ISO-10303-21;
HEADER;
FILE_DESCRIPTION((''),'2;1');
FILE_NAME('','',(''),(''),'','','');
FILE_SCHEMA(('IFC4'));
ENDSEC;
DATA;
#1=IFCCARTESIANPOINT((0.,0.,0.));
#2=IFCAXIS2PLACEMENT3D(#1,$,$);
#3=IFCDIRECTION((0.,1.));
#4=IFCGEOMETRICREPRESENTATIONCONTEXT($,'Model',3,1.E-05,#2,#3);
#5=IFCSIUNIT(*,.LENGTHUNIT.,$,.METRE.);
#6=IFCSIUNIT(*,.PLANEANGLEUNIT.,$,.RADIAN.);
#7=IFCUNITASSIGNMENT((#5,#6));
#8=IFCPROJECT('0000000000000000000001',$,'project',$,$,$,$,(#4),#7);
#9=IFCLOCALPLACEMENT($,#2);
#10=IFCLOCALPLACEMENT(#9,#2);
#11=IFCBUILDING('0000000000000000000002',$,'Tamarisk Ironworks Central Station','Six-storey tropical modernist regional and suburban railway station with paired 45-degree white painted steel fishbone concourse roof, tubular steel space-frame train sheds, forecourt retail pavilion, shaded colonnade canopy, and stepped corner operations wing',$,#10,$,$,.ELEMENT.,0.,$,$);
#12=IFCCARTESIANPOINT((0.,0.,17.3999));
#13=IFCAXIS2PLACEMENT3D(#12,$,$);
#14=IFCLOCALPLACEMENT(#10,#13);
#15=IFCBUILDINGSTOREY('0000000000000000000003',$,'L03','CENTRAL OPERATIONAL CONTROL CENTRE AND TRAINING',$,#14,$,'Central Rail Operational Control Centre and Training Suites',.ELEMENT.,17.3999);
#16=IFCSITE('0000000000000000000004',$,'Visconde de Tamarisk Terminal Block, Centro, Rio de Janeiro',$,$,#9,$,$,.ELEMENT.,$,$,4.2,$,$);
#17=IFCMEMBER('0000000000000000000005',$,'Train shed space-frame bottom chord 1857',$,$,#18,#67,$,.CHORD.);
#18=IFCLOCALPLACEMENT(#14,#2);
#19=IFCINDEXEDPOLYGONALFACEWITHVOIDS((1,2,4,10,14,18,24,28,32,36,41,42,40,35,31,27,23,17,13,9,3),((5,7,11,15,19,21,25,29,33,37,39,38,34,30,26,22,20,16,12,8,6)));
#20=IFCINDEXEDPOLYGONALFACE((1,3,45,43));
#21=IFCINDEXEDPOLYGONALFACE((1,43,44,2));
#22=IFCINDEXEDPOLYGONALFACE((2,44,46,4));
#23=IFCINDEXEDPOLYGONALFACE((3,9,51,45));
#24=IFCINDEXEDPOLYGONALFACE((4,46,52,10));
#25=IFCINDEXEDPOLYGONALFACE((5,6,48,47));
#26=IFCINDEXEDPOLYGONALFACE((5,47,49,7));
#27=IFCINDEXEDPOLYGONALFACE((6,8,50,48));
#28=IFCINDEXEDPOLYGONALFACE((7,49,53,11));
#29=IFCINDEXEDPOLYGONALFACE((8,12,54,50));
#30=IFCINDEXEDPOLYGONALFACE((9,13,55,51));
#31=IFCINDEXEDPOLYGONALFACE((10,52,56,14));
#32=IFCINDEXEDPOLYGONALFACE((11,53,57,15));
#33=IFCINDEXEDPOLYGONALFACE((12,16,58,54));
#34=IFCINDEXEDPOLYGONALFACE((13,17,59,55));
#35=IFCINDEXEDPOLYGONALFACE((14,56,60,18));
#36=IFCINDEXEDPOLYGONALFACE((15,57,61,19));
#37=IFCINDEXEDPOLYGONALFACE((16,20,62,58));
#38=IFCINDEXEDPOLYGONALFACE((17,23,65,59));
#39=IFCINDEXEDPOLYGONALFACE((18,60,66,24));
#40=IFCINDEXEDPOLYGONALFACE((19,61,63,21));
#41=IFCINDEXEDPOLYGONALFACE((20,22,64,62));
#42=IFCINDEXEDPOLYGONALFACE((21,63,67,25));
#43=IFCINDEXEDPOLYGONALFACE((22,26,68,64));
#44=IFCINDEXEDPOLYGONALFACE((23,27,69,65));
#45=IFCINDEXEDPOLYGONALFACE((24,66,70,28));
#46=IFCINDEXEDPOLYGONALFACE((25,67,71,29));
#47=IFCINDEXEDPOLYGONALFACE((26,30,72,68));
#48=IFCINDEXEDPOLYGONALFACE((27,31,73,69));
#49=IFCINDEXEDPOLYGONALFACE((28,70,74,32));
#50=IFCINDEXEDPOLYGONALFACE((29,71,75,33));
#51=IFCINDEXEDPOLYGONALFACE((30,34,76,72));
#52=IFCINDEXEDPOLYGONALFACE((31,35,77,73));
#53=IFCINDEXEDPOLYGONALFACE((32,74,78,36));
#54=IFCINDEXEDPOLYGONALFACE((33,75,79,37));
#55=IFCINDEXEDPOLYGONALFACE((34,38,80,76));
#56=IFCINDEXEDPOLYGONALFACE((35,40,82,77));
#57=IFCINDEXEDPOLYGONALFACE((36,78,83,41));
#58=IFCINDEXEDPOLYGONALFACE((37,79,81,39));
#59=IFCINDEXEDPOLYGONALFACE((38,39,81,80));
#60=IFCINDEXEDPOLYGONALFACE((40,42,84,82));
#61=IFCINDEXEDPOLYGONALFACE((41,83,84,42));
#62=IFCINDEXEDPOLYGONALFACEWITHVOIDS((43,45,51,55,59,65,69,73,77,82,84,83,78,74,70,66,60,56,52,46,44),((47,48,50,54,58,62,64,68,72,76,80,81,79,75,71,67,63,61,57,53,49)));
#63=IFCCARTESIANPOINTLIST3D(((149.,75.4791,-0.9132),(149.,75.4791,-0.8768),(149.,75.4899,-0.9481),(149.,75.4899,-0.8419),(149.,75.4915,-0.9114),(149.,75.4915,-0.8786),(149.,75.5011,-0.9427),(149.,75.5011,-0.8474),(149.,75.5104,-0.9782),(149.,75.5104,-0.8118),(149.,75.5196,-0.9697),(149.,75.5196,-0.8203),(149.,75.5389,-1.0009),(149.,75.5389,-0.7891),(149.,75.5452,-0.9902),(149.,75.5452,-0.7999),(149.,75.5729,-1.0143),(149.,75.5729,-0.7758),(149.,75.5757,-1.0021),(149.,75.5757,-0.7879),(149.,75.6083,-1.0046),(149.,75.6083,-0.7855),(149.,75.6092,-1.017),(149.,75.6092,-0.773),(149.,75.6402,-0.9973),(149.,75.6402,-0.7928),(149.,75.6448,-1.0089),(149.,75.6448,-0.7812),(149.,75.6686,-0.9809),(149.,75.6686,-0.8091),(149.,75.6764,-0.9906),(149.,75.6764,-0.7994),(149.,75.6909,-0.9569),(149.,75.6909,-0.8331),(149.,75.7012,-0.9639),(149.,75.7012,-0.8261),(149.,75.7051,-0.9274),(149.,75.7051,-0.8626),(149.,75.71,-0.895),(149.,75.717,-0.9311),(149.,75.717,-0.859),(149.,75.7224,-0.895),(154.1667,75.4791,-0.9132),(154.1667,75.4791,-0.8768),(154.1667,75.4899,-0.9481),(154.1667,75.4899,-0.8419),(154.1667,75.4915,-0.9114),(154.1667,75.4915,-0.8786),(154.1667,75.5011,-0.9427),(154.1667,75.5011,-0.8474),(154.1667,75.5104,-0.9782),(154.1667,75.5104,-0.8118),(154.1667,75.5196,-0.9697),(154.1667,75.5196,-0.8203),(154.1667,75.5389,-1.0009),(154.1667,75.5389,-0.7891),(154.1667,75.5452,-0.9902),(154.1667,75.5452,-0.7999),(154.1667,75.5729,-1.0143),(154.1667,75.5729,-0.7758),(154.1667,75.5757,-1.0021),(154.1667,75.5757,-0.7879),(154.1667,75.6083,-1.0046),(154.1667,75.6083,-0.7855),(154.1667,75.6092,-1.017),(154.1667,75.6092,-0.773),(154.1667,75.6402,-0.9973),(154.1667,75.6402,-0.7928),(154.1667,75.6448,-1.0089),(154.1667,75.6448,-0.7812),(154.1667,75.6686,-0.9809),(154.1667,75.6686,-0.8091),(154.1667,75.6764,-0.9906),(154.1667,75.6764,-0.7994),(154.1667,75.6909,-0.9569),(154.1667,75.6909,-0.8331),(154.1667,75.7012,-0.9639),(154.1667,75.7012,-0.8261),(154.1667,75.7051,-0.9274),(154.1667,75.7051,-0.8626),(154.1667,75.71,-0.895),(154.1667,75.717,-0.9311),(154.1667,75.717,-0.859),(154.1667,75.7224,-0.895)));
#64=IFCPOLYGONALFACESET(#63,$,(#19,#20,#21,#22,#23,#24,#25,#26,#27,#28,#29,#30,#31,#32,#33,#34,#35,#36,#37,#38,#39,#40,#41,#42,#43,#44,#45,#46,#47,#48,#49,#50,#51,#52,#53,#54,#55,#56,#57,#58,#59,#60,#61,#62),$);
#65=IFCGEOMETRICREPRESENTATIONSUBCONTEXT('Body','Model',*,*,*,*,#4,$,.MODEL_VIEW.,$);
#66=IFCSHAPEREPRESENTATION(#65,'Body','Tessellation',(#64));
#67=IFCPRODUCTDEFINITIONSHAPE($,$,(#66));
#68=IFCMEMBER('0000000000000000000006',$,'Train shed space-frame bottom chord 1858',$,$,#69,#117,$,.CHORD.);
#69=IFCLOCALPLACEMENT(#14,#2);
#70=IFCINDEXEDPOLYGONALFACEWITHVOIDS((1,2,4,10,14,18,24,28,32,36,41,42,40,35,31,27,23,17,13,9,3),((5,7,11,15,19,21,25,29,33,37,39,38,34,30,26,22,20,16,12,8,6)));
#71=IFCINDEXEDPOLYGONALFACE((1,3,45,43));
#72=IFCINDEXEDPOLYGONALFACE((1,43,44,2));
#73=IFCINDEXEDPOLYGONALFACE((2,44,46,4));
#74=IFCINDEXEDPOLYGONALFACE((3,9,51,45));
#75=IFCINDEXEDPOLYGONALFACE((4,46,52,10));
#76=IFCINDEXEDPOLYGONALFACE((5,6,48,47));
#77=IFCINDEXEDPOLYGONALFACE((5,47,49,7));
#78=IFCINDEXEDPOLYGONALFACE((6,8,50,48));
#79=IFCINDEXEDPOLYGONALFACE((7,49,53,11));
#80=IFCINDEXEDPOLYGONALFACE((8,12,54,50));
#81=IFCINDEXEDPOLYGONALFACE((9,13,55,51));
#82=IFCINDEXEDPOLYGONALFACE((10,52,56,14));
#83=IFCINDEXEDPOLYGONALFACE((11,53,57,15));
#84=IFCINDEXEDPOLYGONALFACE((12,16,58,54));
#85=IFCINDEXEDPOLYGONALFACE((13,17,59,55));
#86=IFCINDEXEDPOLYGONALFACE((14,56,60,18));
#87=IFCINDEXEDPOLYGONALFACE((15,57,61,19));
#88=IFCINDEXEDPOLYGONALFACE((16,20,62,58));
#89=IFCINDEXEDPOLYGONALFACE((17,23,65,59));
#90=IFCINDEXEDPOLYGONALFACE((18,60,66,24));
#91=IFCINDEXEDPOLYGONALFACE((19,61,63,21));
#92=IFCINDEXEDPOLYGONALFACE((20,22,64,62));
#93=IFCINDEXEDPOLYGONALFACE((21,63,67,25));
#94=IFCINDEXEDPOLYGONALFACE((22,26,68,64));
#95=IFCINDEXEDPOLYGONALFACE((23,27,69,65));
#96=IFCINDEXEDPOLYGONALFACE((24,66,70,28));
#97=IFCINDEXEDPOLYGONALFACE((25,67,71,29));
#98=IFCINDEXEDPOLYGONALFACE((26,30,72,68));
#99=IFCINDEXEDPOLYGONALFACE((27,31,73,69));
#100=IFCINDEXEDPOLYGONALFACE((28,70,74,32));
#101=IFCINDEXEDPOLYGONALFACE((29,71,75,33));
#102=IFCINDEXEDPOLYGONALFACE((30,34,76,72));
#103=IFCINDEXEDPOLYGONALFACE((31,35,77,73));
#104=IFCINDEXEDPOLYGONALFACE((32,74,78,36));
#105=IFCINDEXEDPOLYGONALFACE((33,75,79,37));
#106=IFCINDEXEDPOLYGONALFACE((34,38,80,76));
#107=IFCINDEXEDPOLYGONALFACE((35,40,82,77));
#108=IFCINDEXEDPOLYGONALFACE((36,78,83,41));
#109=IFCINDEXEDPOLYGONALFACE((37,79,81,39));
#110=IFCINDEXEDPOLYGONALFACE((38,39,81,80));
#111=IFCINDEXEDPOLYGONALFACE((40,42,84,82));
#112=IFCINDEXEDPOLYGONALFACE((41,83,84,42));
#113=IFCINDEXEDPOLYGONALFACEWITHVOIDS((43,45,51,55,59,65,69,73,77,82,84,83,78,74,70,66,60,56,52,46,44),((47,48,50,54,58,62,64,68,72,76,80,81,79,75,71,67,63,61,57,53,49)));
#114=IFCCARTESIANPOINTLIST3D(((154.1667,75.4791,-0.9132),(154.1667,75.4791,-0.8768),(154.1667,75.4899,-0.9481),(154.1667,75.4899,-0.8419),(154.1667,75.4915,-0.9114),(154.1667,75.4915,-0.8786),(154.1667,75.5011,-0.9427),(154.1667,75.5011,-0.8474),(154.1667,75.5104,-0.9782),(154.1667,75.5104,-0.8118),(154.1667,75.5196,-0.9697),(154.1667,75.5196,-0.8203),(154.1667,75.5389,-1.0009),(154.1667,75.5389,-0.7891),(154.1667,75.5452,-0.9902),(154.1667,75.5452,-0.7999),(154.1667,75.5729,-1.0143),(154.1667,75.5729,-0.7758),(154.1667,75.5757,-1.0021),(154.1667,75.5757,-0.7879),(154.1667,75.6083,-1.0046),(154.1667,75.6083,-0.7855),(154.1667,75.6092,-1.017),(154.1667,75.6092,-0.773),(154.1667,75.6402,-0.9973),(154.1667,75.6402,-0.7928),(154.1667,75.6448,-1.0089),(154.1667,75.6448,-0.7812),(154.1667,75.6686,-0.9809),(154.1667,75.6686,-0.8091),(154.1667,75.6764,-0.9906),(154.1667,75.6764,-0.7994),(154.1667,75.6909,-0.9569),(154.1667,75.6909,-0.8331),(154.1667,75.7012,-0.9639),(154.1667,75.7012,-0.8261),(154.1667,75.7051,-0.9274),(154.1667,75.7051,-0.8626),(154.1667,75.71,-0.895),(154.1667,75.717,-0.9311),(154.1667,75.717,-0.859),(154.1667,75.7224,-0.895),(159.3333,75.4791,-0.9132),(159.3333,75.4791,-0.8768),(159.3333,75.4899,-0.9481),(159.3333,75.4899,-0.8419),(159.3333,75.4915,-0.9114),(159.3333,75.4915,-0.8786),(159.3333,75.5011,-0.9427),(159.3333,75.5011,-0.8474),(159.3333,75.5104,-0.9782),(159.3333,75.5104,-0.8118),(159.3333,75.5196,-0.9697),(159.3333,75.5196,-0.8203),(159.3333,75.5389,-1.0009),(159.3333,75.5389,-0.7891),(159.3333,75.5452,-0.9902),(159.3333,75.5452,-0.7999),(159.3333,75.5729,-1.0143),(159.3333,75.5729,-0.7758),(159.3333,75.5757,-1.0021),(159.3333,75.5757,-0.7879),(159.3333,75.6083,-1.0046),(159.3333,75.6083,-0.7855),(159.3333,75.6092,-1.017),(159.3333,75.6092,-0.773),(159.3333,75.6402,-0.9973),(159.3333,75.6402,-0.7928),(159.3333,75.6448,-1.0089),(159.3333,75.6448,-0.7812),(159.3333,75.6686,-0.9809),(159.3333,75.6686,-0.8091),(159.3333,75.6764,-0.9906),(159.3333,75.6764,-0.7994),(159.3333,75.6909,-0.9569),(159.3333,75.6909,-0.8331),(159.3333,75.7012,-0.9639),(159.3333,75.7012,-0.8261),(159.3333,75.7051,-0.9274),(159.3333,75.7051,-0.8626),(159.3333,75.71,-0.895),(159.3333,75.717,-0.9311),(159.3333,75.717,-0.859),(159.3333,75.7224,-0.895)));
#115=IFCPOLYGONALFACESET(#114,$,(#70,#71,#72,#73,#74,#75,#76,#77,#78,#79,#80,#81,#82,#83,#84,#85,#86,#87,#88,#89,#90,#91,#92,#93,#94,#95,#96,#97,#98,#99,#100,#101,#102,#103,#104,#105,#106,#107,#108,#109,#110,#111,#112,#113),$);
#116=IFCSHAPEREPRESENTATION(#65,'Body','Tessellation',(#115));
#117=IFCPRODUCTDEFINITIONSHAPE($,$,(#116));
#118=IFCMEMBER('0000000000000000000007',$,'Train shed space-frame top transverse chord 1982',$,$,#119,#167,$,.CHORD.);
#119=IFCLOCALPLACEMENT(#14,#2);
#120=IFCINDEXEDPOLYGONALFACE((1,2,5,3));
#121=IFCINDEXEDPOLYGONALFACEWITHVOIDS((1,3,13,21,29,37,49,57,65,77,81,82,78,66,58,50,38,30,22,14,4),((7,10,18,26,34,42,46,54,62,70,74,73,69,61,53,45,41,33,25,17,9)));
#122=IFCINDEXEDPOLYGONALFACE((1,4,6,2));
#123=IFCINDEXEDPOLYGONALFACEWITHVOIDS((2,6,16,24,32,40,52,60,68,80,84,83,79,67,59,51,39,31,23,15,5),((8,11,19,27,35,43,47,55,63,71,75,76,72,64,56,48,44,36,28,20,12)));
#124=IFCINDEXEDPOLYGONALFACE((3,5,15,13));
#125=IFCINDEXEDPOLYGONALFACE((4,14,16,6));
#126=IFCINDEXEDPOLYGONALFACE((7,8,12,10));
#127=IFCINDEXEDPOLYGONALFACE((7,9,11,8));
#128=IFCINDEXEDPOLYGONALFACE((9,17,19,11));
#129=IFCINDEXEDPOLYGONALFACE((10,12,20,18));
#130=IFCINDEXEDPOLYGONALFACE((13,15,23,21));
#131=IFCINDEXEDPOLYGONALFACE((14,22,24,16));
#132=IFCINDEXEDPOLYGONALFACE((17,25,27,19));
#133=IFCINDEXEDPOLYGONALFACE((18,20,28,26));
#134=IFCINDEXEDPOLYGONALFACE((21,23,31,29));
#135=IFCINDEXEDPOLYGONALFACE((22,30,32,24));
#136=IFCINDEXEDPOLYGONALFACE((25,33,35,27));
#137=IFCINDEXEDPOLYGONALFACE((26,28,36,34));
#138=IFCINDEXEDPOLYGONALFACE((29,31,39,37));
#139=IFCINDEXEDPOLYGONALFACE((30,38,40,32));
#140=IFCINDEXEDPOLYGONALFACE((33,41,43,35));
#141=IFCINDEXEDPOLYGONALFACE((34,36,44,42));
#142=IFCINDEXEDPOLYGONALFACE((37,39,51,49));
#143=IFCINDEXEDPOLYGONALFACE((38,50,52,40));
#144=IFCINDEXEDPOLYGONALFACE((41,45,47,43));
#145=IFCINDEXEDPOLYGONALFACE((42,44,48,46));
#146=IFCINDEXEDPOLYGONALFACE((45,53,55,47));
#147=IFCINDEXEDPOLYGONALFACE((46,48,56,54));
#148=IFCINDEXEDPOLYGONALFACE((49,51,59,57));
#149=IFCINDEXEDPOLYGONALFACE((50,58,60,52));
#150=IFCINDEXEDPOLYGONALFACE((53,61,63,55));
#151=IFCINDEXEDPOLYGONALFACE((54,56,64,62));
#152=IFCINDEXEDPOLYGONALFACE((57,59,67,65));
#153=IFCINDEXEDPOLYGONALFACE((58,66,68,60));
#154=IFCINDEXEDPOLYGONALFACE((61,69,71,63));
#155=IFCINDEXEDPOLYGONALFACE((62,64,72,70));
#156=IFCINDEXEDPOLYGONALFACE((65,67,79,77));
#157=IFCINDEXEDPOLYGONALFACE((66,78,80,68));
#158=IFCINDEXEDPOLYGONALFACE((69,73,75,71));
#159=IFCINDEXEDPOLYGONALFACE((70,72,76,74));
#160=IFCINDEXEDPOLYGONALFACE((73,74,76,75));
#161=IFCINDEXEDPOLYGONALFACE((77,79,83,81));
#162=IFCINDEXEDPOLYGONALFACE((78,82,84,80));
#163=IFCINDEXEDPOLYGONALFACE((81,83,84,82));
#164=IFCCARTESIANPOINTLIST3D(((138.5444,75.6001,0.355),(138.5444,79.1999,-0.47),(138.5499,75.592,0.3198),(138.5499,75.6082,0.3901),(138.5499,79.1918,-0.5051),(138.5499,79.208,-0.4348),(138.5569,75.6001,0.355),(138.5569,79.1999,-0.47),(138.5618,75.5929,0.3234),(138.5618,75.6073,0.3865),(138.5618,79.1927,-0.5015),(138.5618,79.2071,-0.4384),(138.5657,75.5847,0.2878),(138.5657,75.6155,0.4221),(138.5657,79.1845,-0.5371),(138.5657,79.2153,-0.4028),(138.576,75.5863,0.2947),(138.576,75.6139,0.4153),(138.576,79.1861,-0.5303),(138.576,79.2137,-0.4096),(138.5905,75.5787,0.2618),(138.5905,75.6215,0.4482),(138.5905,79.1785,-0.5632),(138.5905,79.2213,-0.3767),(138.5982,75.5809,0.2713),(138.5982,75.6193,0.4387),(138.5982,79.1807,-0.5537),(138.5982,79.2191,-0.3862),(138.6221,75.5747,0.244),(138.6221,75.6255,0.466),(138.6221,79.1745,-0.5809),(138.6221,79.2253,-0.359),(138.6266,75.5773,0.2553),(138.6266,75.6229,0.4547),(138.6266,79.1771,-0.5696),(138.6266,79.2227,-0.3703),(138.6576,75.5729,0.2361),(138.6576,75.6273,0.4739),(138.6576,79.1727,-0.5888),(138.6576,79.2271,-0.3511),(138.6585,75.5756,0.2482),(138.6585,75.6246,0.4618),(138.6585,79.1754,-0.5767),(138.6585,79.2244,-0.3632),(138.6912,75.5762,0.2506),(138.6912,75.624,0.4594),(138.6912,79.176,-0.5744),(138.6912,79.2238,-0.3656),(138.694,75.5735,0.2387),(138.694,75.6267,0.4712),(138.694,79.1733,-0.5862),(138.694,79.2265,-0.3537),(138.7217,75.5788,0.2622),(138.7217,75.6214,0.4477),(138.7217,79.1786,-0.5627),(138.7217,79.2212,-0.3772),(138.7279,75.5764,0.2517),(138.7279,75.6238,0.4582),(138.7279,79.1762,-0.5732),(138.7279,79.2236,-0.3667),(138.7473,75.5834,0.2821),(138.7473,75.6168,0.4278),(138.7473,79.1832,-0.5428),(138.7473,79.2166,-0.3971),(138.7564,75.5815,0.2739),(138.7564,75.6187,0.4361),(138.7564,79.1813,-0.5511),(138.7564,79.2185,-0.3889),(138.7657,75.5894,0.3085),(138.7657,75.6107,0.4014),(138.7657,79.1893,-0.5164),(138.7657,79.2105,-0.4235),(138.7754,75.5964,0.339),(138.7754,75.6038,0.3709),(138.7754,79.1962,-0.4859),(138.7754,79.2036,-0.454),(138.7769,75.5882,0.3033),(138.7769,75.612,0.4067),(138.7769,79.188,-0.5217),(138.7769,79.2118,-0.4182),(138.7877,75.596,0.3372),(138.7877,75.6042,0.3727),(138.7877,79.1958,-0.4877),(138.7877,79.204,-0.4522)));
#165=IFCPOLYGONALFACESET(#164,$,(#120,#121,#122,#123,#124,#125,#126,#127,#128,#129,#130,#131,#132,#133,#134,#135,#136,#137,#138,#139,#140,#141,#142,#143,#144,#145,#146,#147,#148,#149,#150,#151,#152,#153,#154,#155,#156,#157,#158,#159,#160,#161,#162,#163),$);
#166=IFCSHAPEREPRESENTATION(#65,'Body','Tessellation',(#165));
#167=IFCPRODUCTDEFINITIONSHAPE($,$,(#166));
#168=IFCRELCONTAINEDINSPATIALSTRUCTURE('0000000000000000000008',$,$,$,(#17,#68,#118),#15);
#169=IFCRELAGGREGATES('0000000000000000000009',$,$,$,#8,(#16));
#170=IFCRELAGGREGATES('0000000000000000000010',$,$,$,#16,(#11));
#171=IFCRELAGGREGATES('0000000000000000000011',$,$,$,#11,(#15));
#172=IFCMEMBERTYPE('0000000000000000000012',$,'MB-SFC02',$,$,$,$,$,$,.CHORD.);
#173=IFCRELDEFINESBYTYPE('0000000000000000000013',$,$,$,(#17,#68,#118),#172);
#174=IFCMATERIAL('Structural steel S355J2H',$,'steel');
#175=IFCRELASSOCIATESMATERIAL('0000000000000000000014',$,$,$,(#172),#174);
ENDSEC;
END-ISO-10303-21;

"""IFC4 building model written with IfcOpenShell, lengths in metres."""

from ifc_helpers import new_model, si_unit, direction, frame, origin, origin_2d, place, context, subcontext, project, spatial, hollow_circle, extrude, material, material_profile, profile_set, type_object, element, save


model = new_model("IFC4")

# Units and contexts
model_context = context("Model", 3, precision=1e-05, world=origin(), true_north=direction((0.0, 1.0)))
body_context = subcontext(model_context, "Body", "Model", "MODEL_VIEW")
ifc_project = project(units=[si_unit("LENGTHUNIT", "METRE"), si_unit("PLANEANGLEUNIT", "RADIAN")], contexts=[model_context])

# Site, building, storey
site_placement = place(None, origin())
site = spatial("IfcSite", under=ifc_project, at=site_placement, Name="Visconde de Tamarisk Terminal Block, Centro, Rio de Janeiro", CompositionType="ELEMENT", RefElevation=4.2)
building_placement = place(site_placement, origin())
building = spatial("IfcBuilding", under=site, at=building_placement, Name="Tamarisk Ironworks Central Station", Description="Six-storey tropical modernist regional and suburban railway station with paired 45-degree white painted steel fishbone concourse roof, tubular steel space-frame train sheds, forecourt retail pavilion, shaded colonnade canopy, and stepped corner operations wing", CompositionType="ELEMENT", ElevationOfRefHeight=0.0)
storey_placement = place(building_placement, frame((0.0, 0.0, 17.3999)))
storey = spatial("IfcBuildingStorey", under=building, at=storey_placement, Name="L03", Description="CENTRAL OPERATIONAL CONTROL CENTRE AND TRAINING", LongName="Central Rail Operational Control Centre and Training Suites", CompositionType="ELEMENT", Elevation=17.3999)

# Members
ifc_material = material(Name="Structural steel S355J2H", Category="steel")
ifc_material_profile_1 = material_profile(ifc_material, hollow_circle(Radius=0.1223, WallThickness=0.0125, at=origin_2d()), Name="CHS 244.5x12.5")
ifc_profile_set_1 = profile_set([ifc_material_profile_1], Name="Structural steel S355J2H")
member_type_1 = type_object("IfcMemberType", Name="MB-SFC02", PredefinedType="CHORD", material=ifc_profile_set_1)
for number, where, z_axis, x_axis, name in (
    (1, (149.0, 75.6001, -0.895), (1.0, 0.0, 0.0), (0.0, 1.0, 0.0), "Train shed space-frame bottom chord 1857"),
):
    element("IfcMember", number, at=place(storey_placement, frame(where, z_axis=z_axis, x_axis=x_axis)), inside=storey, type_object=member_type_1, Name=name, PredefinedType="CHORD", context=body_context, shape_type="SweptSolid", body=[
        extrude(hollow_circle(Radius=0.1223, WallThickness=0.0125, at=origin_2d()), origin(), (0.0, 0.0, 1.0), 5.1667),
    ])
member_1_placement = place(storey_placement, frame((154.1667, 75.6001, -0.895), z_axis=(1.0, 0.0, 0.0), x_axis=(0.0, 1.0, 0.0)))
element("IfcMember", 2, at=member_1_placement, inside=storey, type_object=member_type_1, Name="Train shed space-frame bottom chord 1858", PredefinedType="CHORD", context=body_context, shape_type="SweptSolid", body=[
    extrude(hollow_circle(Radius=0.1223, WallThickness=0.0125, at=origin_2d()), origin(), (0.0, 0.0, 1.0), 5.1665),
])
for number, where, z_axis, x_axis, name in (
    (3, (138.6667, 75.6001, 0.355), (0.0, 0.974733, -0.223372), (-1.0, 0.0, 0.0), "Train shed space-frame top transverse chord 1982"),
):
    element("IfcMember", number, at=place(storey_placement, frame(where, z_axis=z_axis, x_axis=x_axis)), inside=storey, type_object=member_type_1, Name=name, PredefinedType="CHORD", context=body_context, shape_type="SweptSolid", body=[
        extrude(hollow_circle(Radius=0.1223, WallThickness=0.0125, at=origin_2d()), origin(), (0.0, 0.0, 1.0), 3.6931),
    ])

save(model, "model.ifc")
